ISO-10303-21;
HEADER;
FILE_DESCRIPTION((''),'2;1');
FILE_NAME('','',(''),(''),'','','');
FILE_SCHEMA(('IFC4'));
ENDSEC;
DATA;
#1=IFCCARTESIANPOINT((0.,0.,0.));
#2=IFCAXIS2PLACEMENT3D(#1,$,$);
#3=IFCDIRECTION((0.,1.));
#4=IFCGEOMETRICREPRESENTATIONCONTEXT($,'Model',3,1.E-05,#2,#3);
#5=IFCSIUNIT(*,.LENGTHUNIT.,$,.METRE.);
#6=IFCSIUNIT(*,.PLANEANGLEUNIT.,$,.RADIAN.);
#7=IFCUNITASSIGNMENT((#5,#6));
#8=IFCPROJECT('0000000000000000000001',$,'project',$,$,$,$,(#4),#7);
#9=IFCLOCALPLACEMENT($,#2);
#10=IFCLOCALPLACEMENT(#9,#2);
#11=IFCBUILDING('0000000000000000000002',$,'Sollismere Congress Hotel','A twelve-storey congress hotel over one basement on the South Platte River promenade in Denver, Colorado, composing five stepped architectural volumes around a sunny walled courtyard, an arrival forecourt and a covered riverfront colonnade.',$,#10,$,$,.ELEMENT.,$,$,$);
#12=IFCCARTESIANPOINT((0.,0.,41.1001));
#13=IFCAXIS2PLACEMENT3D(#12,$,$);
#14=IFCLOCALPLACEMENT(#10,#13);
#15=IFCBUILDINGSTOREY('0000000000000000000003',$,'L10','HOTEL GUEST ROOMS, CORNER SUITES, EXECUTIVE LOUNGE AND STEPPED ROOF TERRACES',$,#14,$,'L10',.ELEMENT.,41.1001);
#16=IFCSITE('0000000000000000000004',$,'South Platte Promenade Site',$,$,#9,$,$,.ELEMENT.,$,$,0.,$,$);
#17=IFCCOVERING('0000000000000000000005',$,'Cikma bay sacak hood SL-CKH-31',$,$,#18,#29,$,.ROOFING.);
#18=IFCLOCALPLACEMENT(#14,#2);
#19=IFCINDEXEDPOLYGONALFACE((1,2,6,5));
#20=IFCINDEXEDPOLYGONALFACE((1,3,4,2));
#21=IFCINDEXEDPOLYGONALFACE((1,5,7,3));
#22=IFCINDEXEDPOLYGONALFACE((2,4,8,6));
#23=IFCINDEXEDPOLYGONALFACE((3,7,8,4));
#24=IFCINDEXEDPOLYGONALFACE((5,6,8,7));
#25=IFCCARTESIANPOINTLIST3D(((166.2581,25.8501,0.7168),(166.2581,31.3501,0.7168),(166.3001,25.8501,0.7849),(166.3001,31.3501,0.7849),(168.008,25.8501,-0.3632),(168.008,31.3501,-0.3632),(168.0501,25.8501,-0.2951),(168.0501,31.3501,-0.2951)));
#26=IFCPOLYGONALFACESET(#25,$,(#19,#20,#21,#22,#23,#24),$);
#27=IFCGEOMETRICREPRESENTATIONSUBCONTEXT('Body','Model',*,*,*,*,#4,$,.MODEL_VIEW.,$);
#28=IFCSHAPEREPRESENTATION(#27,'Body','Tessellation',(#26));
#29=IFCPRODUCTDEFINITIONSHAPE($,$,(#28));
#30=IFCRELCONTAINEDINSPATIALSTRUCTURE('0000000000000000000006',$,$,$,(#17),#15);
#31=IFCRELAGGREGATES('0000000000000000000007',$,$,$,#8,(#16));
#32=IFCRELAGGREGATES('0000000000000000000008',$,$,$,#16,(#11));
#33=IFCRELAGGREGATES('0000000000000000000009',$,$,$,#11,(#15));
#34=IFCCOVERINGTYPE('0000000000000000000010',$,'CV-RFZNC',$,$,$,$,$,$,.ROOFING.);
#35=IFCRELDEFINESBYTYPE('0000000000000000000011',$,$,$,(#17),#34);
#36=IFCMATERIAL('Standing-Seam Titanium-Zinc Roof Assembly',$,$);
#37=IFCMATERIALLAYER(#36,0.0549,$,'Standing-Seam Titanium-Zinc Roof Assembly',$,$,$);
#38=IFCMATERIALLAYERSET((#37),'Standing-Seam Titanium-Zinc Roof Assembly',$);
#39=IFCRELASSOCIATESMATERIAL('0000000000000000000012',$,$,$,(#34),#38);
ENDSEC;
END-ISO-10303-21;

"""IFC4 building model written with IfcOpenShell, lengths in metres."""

from ifc_helpers import new_model, si_unit, direction, frame, origin, place, context, subcontext, project, spatial, polyline, outline, extrude, material, layer, layer_set, type_object, element, save


model = new_model("IFC4")

# Units and contexts
model_context = context("Model", 3, precision=1e-05, world=origin(), true_north=direction((0.0, 1.0)))
body_context = subcontext(model_context, "Body", "Model", "MODEL_VIEW")
ifc_project = project(units=[si_unit("LENGTHUNIT", "METRE"), si_unit("PLANEANGLEUNIT", "RADIAN")], contexts=[model_context])

# Site, building, storey
site_placement = place(None, origin())
site = spatial("IfcSite", under=ifc_project, at=site_placement, Name="South Platte Promenade Site", CompositionType="ELEMENT", RefElevation=0.0)
building_placement = place(site_placement, origin())
building = spatial("IfcBuilding", under=site, at=building_placement, Name="Sollismere Congress Hotel", Description="A twelve-storey congress hotel over one basement on the South Platte River promenade in Denver, Colorado, composing five stepped architectural volumes around a sunny walled courtyard, an arrival forecourt and a covered riverfront colonnade.", CompositionType="ELEMENT")
storey_placement = place(building_placement, frame((0.0, 0.0, 41.1001)))
storey = spatial("IfcBuildingStorey", under=building, at=storey_placement, Name="L10", Description="HOTEL GUEST ROOMS, CORNER SUITES, EXECUTIVE LOUNGE AND STEPPED ROOF TERRACES", LongName="L10", CompositionType="ELEMENT", Elevation=41.1001)

# Covering
ifc_material_1 = material(Name="Standing-Seam Titanium-Zinc Roof Assembly")
ifc_layer_1 = layer(ifc_material_1, 0.0549, Name="Standing-Seam Titanium-Zinc Roof Assembly")
ifc_layer_set_1 = layer_set([ifc_layer_1], Name="Standing-Seam Titanium-Zinc Roof Assembly")
covering_type = type_object("IfcCoveringType", Name="CV-RFZNC", PredefinedType="ROOFING", material=ifc_layer_set_1)
covering_placement = place(storey_placement, frame((166.2581, 25.8501, 0.7168), z_axis=(0.52521, 0.0, 0.850973), x_axis=(0.850973, 0.0, -0.52521)))
element("IfcCovering", 1, at=covering_placement, inside=storey, type_object=covering_type, Name="Cikma bay sacak hood SL-CKH-31", PredefinedType="ROOFING", context=body_context, shape_type="SweptSolid", body=[
    extrude(outline(polyline([(0.0, 0.0), (2.0564, 0.0), (2.0564, 5.5), (0.0, 5.5), (0.0, 0.0)])), origin(), (0.0, 0.0, 1.0), 0.0801),
])

save(model, "model.ifc")
